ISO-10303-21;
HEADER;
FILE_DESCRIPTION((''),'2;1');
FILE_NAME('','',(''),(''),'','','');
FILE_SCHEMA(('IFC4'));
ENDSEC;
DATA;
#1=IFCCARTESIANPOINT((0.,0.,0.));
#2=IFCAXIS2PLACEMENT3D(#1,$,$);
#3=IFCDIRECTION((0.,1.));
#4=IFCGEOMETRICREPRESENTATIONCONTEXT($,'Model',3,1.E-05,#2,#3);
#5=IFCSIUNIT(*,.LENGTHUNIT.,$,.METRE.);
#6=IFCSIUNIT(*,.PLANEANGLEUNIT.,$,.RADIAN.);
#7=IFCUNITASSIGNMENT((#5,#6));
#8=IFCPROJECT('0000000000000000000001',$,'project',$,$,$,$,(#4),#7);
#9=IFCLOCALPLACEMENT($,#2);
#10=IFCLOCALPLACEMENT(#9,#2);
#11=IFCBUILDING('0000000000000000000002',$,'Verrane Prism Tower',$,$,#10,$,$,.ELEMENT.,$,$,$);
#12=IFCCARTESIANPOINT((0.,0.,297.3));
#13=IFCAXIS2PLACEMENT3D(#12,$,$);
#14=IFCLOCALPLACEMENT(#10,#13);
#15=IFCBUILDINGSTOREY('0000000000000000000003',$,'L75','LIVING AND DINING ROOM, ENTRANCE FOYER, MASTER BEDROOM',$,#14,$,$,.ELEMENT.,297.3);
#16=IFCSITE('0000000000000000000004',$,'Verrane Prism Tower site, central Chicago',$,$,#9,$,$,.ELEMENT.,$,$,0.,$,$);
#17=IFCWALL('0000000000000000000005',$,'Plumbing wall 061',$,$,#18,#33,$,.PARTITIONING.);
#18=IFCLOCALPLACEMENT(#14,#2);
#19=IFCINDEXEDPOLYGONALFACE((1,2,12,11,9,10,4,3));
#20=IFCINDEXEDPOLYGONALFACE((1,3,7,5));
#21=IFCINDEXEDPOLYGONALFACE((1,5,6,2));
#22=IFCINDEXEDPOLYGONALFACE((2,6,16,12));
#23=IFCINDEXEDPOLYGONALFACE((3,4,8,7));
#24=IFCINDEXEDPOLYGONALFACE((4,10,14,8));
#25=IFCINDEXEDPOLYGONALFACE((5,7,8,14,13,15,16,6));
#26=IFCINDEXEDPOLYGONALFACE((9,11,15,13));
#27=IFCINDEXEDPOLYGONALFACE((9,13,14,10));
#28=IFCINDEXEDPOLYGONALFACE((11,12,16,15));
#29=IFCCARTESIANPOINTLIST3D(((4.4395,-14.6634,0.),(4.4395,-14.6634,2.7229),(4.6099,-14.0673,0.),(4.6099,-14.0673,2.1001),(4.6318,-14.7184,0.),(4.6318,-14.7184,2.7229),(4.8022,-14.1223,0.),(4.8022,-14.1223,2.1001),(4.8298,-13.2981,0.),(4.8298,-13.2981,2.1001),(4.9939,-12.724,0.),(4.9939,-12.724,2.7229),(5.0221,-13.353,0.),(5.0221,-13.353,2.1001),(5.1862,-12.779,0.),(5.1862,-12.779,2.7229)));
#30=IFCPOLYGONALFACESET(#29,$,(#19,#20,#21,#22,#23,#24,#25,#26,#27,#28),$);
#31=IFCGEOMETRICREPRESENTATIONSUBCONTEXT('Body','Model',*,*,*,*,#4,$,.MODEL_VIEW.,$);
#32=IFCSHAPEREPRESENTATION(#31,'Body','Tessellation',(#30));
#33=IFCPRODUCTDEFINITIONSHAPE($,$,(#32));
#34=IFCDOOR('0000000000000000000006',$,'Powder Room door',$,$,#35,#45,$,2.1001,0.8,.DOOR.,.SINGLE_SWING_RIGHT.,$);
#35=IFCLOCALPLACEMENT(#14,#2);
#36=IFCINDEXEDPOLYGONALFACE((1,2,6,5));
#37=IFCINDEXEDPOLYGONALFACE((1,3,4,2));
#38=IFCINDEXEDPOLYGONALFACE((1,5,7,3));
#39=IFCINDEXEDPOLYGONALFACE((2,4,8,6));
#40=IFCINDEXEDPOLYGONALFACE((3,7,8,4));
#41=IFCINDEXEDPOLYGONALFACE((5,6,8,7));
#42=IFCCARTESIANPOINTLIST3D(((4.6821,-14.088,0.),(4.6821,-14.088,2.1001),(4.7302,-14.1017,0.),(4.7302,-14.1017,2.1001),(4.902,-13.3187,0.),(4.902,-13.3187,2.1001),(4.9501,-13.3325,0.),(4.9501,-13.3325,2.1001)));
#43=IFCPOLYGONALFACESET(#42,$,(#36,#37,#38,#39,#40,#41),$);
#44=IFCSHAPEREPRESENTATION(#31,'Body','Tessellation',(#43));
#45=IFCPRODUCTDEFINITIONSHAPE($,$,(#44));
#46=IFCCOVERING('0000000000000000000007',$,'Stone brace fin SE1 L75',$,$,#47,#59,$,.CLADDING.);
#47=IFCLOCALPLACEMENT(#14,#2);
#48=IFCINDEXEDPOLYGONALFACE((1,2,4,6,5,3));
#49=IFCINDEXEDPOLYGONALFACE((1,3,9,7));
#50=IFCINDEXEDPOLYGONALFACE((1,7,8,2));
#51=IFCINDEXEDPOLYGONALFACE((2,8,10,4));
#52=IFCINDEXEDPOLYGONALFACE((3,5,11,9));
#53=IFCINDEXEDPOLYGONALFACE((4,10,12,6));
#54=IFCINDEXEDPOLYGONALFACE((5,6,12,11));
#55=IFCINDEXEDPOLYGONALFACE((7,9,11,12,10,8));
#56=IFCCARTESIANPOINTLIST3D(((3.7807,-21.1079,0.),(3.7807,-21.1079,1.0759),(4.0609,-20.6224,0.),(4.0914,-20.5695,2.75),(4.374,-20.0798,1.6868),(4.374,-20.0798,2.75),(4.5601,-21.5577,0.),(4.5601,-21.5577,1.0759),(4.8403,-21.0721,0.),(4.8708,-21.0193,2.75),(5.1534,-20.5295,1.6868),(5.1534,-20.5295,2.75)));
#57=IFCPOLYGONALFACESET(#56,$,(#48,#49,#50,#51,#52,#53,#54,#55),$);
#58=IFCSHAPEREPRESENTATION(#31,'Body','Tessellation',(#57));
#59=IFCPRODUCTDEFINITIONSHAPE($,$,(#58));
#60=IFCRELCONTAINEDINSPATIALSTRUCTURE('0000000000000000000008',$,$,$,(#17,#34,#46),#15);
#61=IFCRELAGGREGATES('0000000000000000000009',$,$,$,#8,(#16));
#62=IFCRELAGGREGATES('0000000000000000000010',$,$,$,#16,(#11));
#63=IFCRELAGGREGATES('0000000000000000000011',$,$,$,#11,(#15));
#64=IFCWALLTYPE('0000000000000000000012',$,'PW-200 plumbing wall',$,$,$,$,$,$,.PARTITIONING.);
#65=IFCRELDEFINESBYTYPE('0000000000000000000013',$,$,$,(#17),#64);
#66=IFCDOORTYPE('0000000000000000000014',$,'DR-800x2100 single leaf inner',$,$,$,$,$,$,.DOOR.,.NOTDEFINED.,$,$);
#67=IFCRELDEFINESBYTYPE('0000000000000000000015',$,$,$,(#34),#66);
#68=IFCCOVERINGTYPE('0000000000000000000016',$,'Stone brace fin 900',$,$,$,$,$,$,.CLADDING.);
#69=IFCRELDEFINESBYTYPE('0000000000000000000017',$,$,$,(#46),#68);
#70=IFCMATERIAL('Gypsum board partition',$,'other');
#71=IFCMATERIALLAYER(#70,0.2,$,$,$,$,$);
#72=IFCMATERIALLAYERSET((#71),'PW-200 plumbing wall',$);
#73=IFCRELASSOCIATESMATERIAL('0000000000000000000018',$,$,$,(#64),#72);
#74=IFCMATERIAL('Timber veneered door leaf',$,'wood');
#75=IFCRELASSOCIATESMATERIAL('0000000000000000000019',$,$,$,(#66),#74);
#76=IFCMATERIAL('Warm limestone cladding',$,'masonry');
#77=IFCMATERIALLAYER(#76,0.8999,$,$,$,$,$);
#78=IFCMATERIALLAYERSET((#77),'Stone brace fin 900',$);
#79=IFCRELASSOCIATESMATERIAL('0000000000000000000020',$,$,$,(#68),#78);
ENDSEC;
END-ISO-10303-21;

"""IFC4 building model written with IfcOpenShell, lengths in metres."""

from ifc_helpers import new_model, si_unit, direction, frame, frame_2d, origin, place, context, subcontext, project, spatial, polyline, rectangle, outline, extrude, material, layer, layer_set, type_object, element, fill, save


model = new_model("IFC4")

# Units and contexts
model_context = context("Model", 3, precision=1e-05, world=origin(), true_north=direction((0.0, 1.0)))
body_context = subcontext(model_context, "Body", "Model", "MODEL_VIEW")
ifc_project = project(units=[si_unit("LENGTHUNIT", "METRE"), si_unit("PLANEANGLEUNIT", "RADIAN")], contexts=[model_context])

# Site, building, storey
site_placement = place(None, origin())
site = spatial("IfcSite", under=ifc_project, at=site_placement, Name="Verrane Prism Tower site, central Chicago", CompositionType="ELEMENT", RefElevation=0.0)
building_placement = place(site_placement, origin())
building = spatial("IfcBuilding", under=site, at=building_placement, Name="Verrane Prism Tower", CompositionType="ELEMENT")
storey_placement = place(building_placement, frame((0.0, 0.0, 297.3)))
storey = spatial("IfcBuildingStorey", under=building, at=storey_placement, Name="L75", Description="LIVING AND DINING ROOM, ENTRANCE FOYER, MASTER BEDROOM", CompositionType="ELEMENT", Elevation=297.3)

# Shared definitions
ifc_material_1 = material(Name="Gypsum board partition", Category="other")
ifc_layer_1 = layer(ifc_material_1, 0.2)
ifc_layer_set_1 = layer_set([ifc_layer_1], Name="PW-200 plumbing wall")
wall_type_1 = type_object("IfcWallType", Name="PW-200 plumbing wall", PredefinedType="PARTITIONING", material=ifc_layer_set_1)

# Wall, opening, door
wall_1_placement = place(storey_placement, frame((4.5356, -14.6909, 0.0), z_axis=(0.0, 0.0, 1.0), x_axis=(0.274865, 0.961483, 0.0)))
wall_1 = element("IfcWall", 1, at=wall_1_placement, inside=storey, type_object=wall_type_1, Name="Plumbing wall 061", PredefinedType="PARTITIONING", context=body_context, shape_type="SweptSolid", body=[
    extrude(rectangle(XDim=2.0171, YDim=0.2, at=frame_2d((1.0085, 0.0))), origin(), (0.0, 0.0, 1.0), 2.7229),
])
opening_1_placement = place(wall_1_placement, frame((0.6201, 0.0, 0.0)))
opening_1 = element("IfcOpeningElement", 2, at=opening_1_placement, cuts=wall_1, PredefinedType="OPENING", context=body_context, shape_type="SweptSolid", body=[
    extrude(rectangle(XDim=0.8, YDim=2.1001, at=frame_2d((0.3999, 1.05))), frame((0.0, 0.1099, 0.0), z_axis=(0.0, -1.0, 0.0), x_axis=(1.0, 0.0, 0.0)), (0.0, 0.0, 1.0), 0.22),
])
ifc_material_2 = material(Name="Timber veneered door leaf", Category="wood")
door_type_1 = type_object("IfcDoorType", Name="DR-800x2100 single leaf inner", OperationType="NOTDEFINED", PredefinedType="DOOR", material=ifc_material_2)
door_1_placement = place(opening_1_placement, origin())
door_1 = element("IfcDoor", 3, at=door_1_placement, inside=storey, type_object=door_type_1, Name="Powder Room door", OperationType="SINGLE_SWING_RIGHT", OverallHeight=2.1001, OverallWidth=0.8, PredefinedType="DOOR", context=body_context, shape_type="SweptSolid", body=[
    extrude(rectangle(XDim=0.8, YDim=2.1001, at=frame_2d((0.3999, 1.05))), frame((0.0, 0.0249, 0.0), z_axis=(0.0, -1.0, 0.0), x_axis=(1.0, 0.0, 0.0)), (0.0, 0.0, 1.0), 0.05),
])
fill(opening_1, door_1)

# Covering
ifc_material_3 = material(Name="Warm limestone cladding", Category="masonry")
ifc_layer_2 = layer(ifc_material_3, 0.8999)
ifc_layer_set_2 = layer_set([ifc_layer_2], Name="Stone brace fin 900")
covering_type = type_object("IfcCoveringType", Name="Stone brace fin 900", PredefinedType="CLADDING", material=ifc_layer_set_2)
covering_placement = place(storey_placement, frame((4.1704, -21.3328, 0.0), z_axis=(0.0, 0.0, 1.0), x_axis=(0.499811, 0.866134, 0.0)))
element("IfcCovering", 4, at=covering_placement, inside=storey, type_object=covering_type, Name="Stone brace fin SE1 L75", PredefinedType="CLADDING", context=body_context, shape_type="SweptSolid", body=[
    extrude(outline(polyline([(1.187, 2.75), (0.6216, 2.75), (0.0, 1.0759), (0.0, 0.0), (0.5605, 0.0), (1.187, 1.6868), (1.187, 2.75)])), frame((0.0, 0.45, 0.0), z_axis=(0.0, -1.0, 0.0), x_axis=(1.0, 0.0, 0.0)), (0.0, 0.0, 1.0), 0.8999),
])

save(model, "model.ifc")
